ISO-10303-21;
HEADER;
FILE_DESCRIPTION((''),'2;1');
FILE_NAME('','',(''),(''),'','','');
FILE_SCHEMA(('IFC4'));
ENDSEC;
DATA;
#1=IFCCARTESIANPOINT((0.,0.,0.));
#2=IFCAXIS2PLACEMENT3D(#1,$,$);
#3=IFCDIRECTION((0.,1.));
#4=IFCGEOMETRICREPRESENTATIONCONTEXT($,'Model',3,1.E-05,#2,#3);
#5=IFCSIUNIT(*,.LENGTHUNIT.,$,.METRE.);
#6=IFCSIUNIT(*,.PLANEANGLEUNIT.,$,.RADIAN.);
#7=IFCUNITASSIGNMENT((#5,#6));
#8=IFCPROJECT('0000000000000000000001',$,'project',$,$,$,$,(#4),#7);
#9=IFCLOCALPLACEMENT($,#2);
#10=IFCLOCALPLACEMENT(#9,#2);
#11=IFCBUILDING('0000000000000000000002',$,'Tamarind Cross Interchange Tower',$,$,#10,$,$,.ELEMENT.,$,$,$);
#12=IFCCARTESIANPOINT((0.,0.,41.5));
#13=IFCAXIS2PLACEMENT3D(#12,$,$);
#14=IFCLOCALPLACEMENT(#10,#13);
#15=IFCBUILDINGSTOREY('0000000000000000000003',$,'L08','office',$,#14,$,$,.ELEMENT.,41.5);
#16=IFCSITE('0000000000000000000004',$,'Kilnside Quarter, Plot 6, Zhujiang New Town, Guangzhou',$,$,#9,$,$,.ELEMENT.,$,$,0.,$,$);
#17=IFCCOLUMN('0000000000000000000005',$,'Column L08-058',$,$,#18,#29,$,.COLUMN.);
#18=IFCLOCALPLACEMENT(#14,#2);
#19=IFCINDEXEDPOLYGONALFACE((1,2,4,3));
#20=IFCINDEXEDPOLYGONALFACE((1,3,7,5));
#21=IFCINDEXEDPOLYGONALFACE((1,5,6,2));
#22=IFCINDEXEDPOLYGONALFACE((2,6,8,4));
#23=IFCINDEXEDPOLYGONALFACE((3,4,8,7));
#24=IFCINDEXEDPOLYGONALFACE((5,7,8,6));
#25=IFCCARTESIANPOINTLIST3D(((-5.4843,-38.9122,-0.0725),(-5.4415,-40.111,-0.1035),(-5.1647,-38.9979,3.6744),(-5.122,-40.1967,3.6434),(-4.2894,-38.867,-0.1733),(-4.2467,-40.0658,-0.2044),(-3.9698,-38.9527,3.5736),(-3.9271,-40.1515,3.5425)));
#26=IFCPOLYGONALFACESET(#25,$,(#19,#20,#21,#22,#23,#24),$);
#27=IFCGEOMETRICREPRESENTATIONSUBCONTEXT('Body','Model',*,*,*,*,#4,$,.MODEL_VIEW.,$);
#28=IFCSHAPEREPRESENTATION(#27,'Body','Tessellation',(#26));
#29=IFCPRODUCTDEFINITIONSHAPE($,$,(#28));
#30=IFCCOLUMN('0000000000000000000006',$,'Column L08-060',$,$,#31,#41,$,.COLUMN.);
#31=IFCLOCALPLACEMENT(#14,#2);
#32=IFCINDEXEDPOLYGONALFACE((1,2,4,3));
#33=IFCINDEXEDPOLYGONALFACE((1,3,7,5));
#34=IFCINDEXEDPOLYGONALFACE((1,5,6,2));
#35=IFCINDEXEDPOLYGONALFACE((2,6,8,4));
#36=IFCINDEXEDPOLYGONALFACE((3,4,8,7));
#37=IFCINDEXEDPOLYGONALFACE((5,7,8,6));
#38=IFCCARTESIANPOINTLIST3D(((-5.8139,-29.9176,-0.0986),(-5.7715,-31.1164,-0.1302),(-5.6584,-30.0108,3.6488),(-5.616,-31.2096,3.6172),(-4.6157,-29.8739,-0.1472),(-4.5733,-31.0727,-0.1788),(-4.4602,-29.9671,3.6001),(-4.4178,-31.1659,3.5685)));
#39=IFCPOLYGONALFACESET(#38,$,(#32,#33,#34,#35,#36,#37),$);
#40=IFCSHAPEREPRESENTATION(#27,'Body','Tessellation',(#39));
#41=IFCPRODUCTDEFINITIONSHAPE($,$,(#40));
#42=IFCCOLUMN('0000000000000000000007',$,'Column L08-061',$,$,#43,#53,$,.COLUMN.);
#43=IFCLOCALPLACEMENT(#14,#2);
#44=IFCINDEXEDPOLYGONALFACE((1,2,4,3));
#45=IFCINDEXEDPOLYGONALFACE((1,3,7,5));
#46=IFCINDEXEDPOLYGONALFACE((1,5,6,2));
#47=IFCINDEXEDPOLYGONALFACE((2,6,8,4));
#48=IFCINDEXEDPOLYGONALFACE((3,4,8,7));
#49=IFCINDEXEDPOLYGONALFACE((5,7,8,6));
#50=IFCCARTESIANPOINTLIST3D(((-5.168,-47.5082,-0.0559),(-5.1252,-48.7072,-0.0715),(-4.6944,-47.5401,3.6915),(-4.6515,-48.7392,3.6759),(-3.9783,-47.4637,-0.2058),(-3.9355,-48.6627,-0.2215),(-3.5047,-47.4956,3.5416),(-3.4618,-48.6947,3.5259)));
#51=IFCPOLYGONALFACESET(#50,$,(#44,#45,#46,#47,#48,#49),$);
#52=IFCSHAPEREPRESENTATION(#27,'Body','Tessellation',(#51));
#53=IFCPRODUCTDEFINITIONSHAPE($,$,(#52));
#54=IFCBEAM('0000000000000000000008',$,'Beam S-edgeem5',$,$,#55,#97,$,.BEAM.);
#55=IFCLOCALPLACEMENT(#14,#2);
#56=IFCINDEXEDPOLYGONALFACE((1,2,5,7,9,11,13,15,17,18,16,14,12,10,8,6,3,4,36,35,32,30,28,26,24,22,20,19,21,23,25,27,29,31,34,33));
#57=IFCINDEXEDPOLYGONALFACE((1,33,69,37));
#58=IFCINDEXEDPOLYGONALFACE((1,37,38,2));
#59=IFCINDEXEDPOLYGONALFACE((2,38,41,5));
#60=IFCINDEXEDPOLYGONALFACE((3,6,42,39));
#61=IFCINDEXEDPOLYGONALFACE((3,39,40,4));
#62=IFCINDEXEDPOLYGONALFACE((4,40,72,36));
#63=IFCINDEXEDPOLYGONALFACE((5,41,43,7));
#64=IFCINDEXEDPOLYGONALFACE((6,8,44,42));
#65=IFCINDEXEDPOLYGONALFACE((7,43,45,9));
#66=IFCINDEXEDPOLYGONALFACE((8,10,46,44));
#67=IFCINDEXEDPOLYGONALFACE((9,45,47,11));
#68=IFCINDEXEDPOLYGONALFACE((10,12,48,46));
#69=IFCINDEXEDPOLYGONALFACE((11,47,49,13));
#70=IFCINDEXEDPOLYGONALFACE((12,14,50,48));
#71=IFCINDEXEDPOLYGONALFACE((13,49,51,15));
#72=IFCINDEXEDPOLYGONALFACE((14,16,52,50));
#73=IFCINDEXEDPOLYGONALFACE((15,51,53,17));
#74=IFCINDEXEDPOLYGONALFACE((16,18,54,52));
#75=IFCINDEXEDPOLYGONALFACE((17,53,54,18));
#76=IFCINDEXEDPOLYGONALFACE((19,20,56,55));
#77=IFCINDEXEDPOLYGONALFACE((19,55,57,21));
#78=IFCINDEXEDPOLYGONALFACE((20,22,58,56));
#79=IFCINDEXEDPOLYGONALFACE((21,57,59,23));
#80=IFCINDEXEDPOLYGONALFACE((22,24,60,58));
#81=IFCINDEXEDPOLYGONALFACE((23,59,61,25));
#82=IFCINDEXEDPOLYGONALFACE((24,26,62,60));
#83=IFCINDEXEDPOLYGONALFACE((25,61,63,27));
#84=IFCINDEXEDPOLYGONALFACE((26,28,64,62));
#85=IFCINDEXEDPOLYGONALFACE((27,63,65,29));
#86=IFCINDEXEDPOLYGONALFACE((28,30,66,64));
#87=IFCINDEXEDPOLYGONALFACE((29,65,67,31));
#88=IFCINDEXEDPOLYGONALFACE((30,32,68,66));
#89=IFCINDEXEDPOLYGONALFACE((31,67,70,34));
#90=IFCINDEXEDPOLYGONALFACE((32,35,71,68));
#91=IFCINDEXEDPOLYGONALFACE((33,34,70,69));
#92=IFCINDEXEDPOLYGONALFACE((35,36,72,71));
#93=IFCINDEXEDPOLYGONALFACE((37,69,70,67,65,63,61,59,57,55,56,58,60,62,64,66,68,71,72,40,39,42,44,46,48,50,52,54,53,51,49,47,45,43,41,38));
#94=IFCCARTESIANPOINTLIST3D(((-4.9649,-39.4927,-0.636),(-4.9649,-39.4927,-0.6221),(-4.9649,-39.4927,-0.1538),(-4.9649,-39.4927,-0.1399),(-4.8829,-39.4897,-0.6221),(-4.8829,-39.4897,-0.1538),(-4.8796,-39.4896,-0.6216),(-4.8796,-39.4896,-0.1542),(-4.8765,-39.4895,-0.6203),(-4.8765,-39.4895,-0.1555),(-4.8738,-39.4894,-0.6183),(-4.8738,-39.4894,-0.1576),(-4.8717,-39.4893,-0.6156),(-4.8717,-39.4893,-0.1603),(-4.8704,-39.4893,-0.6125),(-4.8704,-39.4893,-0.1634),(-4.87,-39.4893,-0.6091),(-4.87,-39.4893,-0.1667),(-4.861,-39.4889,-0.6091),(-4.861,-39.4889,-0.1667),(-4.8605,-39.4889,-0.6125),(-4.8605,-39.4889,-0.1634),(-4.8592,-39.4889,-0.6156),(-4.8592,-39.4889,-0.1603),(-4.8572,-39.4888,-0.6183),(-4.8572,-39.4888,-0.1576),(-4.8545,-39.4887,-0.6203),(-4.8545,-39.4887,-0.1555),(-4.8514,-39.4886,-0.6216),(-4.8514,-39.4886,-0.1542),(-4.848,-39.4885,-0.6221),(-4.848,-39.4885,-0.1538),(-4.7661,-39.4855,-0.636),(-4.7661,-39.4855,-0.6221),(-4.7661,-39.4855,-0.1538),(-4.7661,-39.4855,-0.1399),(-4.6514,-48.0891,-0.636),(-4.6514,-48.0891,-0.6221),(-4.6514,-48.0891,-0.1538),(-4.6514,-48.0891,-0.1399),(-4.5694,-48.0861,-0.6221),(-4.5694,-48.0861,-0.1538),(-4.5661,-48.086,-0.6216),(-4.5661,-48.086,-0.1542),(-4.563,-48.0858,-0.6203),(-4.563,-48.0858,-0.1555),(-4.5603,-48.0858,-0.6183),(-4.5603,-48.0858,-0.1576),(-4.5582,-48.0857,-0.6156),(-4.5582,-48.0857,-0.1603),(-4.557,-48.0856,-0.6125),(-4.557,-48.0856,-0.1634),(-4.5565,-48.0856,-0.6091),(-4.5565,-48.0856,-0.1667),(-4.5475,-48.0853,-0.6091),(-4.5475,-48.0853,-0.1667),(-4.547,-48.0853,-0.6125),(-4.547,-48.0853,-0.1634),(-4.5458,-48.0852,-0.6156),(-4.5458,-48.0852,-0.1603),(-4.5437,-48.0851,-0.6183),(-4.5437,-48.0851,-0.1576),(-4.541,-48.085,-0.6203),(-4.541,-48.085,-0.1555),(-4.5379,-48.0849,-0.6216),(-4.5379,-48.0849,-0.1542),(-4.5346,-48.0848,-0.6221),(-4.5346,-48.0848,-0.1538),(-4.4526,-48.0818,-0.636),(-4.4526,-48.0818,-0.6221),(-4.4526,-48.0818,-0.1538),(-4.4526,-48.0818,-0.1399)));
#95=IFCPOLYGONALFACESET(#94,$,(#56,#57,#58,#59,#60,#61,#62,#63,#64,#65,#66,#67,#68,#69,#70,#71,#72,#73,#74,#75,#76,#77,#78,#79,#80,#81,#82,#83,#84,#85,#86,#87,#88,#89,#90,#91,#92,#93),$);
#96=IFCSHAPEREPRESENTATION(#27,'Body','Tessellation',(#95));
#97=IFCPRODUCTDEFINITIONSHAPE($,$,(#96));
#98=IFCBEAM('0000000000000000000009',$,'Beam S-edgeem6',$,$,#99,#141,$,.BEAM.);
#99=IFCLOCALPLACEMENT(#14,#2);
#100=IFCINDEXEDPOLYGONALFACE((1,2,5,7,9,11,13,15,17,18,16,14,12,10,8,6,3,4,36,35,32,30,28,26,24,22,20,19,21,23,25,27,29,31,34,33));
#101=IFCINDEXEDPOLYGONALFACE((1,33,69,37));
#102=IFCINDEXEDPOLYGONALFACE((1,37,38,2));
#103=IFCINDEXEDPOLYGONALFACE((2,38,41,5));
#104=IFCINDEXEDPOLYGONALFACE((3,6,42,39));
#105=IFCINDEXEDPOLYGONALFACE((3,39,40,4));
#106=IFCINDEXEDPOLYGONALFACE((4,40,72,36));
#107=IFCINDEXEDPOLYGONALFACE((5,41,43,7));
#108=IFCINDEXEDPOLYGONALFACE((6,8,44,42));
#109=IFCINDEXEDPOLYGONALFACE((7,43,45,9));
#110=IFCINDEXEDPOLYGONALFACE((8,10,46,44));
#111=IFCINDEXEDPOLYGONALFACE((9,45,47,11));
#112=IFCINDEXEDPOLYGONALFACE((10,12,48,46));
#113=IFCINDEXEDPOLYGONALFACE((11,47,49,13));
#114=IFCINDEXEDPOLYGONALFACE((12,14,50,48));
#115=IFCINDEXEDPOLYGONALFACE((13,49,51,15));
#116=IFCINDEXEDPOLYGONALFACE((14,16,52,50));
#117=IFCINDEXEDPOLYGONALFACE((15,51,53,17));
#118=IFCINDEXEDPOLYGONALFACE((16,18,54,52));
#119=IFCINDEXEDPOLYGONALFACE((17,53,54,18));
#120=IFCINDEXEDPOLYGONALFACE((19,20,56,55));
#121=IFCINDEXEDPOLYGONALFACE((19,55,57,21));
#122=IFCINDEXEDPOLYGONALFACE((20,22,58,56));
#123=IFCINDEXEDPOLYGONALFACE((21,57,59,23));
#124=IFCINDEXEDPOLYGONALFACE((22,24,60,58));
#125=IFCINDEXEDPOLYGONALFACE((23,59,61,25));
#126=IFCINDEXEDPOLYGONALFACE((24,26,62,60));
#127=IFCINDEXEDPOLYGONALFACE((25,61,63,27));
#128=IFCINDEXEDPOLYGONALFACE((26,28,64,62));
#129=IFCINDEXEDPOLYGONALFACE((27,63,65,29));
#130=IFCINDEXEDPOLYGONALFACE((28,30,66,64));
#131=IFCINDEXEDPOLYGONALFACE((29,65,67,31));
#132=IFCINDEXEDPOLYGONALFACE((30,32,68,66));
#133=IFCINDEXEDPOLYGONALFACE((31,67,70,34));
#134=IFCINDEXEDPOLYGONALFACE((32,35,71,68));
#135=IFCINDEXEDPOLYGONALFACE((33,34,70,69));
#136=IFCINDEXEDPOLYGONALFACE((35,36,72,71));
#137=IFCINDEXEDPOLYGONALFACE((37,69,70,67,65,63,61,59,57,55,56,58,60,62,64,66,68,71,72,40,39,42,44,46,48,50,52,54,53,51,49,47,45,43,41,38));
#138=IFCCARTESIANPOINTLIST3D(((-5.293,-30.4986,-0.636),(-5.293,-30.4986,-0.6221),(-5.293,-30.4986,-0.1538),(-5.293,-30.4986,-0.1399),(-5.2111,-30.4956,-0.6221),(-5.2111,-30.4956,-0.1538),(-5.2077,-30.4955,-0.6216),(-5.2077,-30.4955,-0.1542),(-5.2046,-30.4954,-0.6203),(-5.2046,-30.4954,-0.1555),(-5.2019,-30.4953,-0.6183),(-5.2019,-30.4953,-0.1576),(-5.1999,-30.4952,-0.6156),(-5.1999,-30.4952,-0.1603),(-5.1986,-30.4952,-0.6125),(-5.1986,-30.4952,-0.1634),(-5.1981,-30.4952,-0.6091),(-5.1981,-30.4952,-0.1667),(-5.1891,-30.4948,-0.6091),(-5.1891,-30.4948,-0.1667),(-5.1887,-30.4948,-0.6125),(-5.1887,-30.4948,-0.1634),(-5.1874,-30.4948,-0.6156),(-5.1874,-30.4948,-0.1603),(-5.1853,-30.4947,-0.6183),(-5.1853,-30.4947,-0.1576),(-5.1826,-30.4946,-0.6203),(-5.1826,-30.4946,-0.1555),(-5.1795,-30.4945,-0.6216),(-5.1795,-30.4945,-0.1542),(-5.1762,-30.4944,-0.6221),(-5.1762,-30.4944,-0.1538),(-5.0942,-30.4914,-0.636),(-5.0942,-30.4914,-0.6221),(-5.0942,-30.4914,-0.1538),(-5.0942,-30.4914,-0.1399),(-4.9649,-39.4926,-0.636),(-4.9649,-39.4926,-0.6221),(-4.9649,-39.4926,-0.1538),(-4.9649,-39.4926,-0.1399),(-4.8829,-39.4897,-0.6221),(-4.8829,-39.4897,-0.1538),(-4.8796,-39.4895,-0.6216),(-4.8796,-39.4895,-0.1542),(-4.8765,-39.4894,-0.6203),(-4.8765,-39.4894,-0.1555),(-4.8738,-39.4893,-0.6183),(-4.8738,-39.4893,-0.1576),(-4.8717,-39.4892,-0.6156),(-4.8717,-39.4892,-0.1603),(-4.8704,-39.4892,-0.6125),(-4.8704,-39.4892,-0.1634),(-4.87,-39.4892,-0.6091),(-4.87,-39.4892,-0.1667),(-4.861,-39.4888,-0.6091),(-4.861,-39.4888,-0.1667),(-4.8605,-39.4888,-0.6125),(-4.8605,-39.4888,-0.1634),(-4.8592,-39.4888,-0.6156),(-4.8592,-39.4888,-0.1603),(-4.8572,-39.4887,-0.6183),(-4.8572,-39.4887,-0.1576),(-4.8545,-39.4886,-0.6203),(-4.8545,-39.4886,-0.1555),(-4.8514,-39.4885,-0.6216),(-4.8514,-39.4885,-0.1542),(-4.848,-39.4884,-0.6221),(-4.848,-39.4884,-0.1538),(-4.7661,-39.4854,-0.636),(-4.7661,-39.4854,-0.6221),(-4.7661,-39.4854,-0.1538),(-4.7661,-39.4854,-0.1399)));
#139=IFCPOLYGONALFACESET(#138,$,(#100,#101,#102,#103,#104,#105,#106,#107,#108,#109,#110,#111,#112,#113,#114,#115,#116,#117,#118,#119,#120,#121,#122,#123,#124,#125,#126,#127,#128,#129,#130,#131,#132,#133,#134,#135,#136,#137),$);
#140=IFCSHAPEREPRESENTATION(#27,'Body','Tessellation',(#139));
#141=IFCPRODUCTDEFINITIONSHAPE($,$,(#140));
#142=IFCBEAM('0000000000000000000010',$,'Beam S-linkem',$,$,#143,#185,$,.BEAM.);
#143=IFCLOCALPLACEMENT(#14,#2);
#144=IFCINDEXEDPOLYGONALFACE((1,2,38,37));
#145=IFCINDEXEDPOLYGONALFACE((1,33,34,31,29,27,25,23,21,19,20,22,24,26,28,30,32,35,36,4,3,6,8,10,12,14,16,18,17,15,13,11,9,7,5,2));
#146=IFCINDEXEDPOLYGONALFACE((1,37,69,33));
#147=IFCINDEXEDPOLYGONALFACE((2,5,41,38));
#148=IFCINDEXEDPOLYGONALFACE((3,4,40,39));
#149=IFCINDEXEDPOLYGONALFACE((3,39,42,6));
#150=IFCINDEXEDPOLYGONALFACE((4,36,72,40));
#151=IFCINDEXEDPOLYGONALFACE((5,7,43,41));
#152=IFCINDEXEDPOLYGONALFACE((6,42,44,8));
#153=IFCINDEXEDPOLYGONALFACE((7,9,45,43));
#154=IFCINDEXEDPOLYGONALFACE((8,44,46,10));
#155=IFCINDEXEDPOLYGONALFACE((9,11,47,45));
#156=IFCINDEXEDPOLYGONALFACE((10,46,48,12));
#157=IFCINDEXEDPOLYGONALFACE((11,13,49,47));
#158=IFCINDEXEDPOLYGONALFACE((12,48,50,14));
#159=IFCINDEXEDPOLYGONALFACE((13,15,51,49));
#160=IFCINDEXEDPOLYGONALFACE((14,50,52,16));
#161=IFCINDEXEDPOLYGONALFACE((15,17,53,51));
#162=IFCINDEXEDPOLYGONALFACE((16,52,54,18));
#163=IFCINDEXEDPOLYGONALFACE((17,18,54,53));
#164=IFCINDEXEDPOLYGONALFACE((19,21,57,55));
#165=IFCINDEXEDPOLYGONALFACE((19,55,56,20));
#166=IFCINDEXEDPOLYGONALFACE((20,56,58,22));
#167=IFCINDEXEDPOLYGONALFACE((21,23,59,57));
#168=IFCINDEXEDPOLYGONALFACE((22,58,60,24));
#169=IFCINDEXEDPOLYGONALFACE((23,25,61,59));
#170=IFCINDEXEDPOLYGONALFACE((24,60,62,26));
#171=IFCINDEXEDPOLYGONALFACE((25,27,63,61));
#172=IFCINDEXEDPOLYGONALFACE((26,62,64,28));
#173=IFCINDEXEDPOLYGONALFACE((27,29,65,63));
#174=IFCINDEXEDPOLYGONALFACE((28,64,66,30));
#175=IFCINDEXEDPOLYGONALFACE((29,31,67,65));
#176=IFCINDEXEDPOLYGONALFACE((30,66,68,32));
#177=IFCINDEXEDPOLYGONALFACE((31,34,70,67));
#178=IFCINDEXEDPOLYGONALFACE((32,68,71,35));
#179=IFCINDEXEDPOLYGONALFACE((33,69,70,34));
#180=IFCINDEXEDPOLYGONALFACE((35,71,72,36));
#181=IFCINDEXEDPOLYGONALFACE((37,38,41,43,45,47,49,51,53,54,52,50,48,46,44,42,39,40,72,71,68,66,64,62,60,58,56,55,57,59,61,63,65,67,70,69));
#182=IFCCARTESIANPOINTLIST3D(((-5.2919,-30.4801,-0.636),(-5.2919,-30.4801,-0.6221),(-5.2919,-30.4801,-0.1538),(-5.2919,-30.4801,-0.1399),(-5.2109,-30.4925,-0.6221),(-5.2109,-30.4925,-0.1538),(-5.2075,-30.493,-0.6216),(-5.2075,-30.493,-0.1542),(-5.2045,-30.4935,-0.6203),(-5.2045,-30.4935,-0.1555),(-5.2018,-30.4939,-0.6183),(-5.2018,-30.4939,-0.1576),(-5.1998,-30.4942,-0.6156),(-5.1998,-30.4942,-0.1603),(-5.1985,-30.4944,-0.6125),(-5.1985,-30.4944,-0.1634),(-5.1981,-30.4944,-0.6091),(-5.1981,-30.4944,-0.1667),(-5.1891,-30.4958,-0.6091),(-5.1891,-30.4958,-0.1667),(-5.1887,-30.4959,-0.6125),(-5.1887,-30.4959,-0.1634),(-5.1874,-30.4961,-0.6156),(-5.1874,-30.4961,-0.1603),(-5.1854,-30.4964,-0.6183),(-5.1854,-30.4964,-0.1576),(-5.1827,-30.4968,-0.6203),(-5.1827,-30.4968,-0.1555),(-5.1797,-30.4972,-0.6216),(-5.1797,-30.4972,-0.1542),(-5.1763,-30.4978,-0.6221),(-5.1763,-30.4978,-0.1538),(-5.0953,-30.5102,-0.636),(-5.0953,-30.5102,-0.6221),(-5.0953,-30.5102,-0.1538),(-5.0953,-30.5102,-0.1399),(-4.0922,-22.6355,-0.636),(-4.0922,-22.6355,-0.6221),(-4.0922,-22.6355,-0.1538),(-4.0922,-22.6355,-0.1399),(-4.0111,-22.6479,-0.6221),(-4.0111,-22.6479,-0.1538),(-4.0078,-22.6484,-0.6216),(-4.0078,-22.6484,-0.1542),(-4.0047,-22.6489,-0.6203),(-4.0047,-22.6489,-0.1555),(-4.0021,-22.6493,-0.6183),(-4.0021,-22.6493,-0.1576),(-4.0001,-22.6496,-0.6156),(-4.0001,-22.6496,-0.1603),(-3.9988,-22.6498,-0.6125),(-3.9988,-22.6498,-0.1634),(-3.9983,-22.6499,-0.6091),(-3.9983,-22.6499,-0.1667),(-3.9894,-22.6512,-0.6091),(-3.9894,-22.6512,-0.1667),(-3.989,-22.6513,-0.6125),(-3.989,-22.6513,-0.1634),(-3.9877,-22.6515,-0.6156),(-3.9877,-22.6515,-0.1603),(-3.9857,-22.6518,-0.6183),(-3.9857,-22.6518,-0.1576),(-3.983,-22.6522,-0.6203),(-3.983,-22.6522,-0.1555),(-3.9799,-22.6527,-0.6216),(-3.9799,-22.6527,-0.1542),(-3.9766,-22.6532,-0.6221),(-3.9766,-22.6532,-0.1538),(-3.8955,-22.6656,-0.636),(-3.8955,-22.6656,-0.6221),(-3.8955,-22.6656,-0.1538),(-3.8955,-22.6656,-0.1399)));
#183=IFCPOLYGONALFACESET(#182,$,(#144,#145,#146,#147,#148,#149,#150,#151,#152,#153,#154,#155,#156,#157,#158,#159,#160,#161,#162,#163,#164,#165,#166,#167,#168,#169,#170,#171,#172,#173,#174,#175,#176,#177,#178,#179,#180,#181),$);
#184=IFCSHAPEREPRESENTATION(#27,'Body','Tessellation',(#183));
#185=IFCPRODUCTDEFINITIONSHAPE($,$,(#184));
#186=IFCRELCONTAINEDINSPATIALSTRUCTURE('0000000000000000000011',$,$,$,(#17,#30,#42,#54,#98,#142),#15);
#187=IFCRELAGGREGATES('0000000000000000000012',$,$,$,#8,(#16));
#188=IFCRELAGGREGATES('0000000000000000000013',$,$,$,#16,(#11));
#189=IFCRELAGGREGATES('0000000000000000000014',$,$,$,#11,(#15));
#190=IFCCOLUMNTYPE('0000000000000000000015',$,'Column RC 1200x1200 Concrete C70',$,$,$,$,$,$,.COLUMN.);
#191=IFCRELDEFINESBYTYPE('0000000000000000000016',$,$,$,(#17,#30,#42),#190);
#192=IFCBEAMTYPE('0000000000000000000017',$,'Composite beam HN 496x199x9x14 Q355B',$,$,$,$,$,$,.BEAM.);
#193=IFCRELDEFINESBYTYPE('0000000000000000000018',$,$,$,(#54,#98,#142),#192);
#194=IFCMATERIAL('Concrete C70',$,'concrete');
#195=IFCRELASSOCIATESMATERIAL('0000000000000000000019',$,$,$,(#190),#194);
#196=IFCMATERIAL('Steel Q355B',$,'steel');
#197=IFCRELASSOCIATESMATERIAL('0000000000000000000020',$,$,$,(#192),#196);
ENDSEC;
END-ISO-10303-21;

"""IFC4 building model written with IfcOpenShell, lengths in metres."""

from ifc_helpers import new_model, si_unit, direction, frame, origin, origin_2d, place, context, subcontext, project, spatial, rectangle, i_section, extrude, material, material_profile, profile_set, type_object, element, save


model = new_model("IFC4")

# Units and contexts
model_context = context("Model", 3, precision=1e-05, world=origin(), true_north=direction((0.0, 1.0)))
body_context = subcontext(model_context, "Body", "Model", "MODEL_VIEW")
ifc_project = project(units=[si_unit("LENGTHUNIT", "METRE"), si_unit("PLANEANGLEUNIT", "RADIAN")], contexts=[model_context])

# Site, building, storey
site_placement = place(None, origin())
site = spatial("IfcSite", under=ifc_project, at=site_placement, Name="Kilnside Quarter, Plot 6, Zhujiang New Town, Guangzhou", CompositionType="ELEMENT", RefElevation=0.0)
building_placement = place(site_placement, origin())
building = spatial("IfcBuilding", under=site, at=building_placement, Name="Tamarind Cross Interchange Tower", CompositionType="ELEMENT")
storey_placement = place(building_placement, frame((0.0, 0.0, 41.5)))
storey = spatial("IfcBuildingStorey", under=building, at=storey_placement, Name="L08", Description="office", CompositionType="ELEMENT", Elevation=41.5)

# Columns
ifc_material_1 = material(Name="Concrete C70", Category="concrete")
ifc_material_profile_1 = material_profile(ifc_material_1, rectangle(XDim=1.2, YDim=1.2, at=origin_2d()), Name="RC 1200x1200")
ifc_profile_set_1 = profile_set([ifc_material_profile_1], Name="Concrete C70")
column_type = type_object("IfcColumnType", Name="Column RC 1200x1200 Concrete C70", PredefinedType="COLUMN", material=ifc_profile_set_1)
column_1_placement = place(storey_placement, frame((-4.8655, -39.489, -0.1384), z_axis=(0.084963, -0.022782, 0.996124), x_axis=(-0.035606, 0.999031, 0.025886)))
element("IfcColumn", 1, at=column_1_placement, inside=storey, type_object=column_type, Name="Column L08-058", PredefinedType="COLUMN", context=body_context, shape_type="SweptSolid", body=[
    extrude(rectangle(XDim=1.2, YDim=1.2, at=origin_2d()), origin(), (0.0, 0.0, 1.0), 3.7615),
])
column_2_placement = place(storey_placement, frame((-5.1936, -30.4951, -0.1387), z_axis=(0.041453, -0.024859, 0.998831), x_axis=(-0.035357, 0.999028, 0.026331)))
element("IfcColumn", 2, at=column_2_placement, inside=storey, type_object=column_type, Name="Column L08-060", PredefinedType="COLUMN", context=body_context, shape_type="SweptSolid", body=[
    extrude(rectangle(XDim=1.2, YDim=1.2, at=origin_2d()), origin(), (0.0, 0.0, 1.0), 3.7517),
])
column_3_placement = place(storey_placement, frame((-4.5518, -48.0854, -0.1387), z_axis=(0.12539, -0.008467, 0.992071), x_axis=(-0.035723, 0.999277, 0.013044)))
element("IfcColumn", 3, at=column_3_placement, inside=storey, type_object=column_type, Name="Column L08-061", PredefinedType="COLUMN", context=body_context, shape_type="SweptSolid", body=[
    extrude(rectangle(XDim=1.2, YDim=1.2, at=origin_2d()), origin(), (0.0, 0.0, 1.0), 3.7773),
])

# Beams
ifc_material_2 = material(Name="Steel Q355B", Category="steel")
ifc_material_profile_2 = material_profile(ifc_material_2, i_section(OverallWidth=0.199, OverallDepth=0.4961, WebThickness=0.009, FlangeThickness=0.0139, FilletRadius=0.0129, at=origin_2d()), Name="HN 496x199x9x14")
ifc_profile_set_2 = profile_set([ifc_material_profile_2], Name="Steel Q355B")
beam_type_1 = type_object("IfcBeamType", Name="Composite beam HN 496x199x9x14 Q355B", PredefinedType="BEAM", material=ifc_profile_set_2)
beam_1_placement = place(storey_placement, frame((-4.552, -48.0854, -0.3879), z_axis=(-0.036442, 0.999336, 0.0), x_axis=(-0.999336, -0.036442, 0.0)))
element("IfcBeam", 4, at=beam_1_placement, inside=storey, type_object=beam_type_1, Name="Beam S-edgeem5", PredefinedType="BEAM", context=body_context, shape_type="SweptSolid", body=[
    extrude(i_section(OverallWidth=0.199, OverallDepth=0.4961, WebThickness=0.009, FlangeThickness=0.0139, FilletRadius=0.0129, at=origin_2d()), origin(), (0.0, 0.0, 1.0), 8.6021),
])
beam_2_placement = place(storey_placement, frame((-4.8655, -39.489, -0.3879), z_axis=(-0.036459, 0.999335, 0.0), x_axis=(-0.999335, -0.036459, 0.0)))
element("IfcBeam", 5, at=beam_2_placement, inside=storey, type_object=beam_type_1, Name="Beam S-edgeem6", PredefinedType="BEAM", context=body_context, shape_type="SweptSolid", body=[
    extrude(i_section(OverallWidth=0.199, OverallDepth=0.4961, WebThickness=0.009, FlangeThickness=0.0139, FilletRadius=0.0129, at=origin_2d()), origin(), (0.0, 0.0, 1.0), 9.0),
])
beam_3_placement = place(storey_placement, frame((-5.1936, -30.4951, -0.3879), z_axis=(0.151179, 0.988506, 0.0), x_axis=(-0.988506, 0.151179, 0.0)))
element("IfcBeam", 6, at=beam_3_placement, inside=storey, type_object=beam_type_1, Name="Beam S-linkem", PredefinedType="BEAM", context=body_context, shape_type="SweptSolid", body=[
    extrude(i_section(OverallWidth=0.199, OverallDepth=0.4961, WebThickness=0.009, FlangeThickness=0.0139, FilletRadius=0.0129, at=origin_2d()), origin(), (0.0, 0.0, 1.0), 7.9358),
])

save(model, "model.ifc")
